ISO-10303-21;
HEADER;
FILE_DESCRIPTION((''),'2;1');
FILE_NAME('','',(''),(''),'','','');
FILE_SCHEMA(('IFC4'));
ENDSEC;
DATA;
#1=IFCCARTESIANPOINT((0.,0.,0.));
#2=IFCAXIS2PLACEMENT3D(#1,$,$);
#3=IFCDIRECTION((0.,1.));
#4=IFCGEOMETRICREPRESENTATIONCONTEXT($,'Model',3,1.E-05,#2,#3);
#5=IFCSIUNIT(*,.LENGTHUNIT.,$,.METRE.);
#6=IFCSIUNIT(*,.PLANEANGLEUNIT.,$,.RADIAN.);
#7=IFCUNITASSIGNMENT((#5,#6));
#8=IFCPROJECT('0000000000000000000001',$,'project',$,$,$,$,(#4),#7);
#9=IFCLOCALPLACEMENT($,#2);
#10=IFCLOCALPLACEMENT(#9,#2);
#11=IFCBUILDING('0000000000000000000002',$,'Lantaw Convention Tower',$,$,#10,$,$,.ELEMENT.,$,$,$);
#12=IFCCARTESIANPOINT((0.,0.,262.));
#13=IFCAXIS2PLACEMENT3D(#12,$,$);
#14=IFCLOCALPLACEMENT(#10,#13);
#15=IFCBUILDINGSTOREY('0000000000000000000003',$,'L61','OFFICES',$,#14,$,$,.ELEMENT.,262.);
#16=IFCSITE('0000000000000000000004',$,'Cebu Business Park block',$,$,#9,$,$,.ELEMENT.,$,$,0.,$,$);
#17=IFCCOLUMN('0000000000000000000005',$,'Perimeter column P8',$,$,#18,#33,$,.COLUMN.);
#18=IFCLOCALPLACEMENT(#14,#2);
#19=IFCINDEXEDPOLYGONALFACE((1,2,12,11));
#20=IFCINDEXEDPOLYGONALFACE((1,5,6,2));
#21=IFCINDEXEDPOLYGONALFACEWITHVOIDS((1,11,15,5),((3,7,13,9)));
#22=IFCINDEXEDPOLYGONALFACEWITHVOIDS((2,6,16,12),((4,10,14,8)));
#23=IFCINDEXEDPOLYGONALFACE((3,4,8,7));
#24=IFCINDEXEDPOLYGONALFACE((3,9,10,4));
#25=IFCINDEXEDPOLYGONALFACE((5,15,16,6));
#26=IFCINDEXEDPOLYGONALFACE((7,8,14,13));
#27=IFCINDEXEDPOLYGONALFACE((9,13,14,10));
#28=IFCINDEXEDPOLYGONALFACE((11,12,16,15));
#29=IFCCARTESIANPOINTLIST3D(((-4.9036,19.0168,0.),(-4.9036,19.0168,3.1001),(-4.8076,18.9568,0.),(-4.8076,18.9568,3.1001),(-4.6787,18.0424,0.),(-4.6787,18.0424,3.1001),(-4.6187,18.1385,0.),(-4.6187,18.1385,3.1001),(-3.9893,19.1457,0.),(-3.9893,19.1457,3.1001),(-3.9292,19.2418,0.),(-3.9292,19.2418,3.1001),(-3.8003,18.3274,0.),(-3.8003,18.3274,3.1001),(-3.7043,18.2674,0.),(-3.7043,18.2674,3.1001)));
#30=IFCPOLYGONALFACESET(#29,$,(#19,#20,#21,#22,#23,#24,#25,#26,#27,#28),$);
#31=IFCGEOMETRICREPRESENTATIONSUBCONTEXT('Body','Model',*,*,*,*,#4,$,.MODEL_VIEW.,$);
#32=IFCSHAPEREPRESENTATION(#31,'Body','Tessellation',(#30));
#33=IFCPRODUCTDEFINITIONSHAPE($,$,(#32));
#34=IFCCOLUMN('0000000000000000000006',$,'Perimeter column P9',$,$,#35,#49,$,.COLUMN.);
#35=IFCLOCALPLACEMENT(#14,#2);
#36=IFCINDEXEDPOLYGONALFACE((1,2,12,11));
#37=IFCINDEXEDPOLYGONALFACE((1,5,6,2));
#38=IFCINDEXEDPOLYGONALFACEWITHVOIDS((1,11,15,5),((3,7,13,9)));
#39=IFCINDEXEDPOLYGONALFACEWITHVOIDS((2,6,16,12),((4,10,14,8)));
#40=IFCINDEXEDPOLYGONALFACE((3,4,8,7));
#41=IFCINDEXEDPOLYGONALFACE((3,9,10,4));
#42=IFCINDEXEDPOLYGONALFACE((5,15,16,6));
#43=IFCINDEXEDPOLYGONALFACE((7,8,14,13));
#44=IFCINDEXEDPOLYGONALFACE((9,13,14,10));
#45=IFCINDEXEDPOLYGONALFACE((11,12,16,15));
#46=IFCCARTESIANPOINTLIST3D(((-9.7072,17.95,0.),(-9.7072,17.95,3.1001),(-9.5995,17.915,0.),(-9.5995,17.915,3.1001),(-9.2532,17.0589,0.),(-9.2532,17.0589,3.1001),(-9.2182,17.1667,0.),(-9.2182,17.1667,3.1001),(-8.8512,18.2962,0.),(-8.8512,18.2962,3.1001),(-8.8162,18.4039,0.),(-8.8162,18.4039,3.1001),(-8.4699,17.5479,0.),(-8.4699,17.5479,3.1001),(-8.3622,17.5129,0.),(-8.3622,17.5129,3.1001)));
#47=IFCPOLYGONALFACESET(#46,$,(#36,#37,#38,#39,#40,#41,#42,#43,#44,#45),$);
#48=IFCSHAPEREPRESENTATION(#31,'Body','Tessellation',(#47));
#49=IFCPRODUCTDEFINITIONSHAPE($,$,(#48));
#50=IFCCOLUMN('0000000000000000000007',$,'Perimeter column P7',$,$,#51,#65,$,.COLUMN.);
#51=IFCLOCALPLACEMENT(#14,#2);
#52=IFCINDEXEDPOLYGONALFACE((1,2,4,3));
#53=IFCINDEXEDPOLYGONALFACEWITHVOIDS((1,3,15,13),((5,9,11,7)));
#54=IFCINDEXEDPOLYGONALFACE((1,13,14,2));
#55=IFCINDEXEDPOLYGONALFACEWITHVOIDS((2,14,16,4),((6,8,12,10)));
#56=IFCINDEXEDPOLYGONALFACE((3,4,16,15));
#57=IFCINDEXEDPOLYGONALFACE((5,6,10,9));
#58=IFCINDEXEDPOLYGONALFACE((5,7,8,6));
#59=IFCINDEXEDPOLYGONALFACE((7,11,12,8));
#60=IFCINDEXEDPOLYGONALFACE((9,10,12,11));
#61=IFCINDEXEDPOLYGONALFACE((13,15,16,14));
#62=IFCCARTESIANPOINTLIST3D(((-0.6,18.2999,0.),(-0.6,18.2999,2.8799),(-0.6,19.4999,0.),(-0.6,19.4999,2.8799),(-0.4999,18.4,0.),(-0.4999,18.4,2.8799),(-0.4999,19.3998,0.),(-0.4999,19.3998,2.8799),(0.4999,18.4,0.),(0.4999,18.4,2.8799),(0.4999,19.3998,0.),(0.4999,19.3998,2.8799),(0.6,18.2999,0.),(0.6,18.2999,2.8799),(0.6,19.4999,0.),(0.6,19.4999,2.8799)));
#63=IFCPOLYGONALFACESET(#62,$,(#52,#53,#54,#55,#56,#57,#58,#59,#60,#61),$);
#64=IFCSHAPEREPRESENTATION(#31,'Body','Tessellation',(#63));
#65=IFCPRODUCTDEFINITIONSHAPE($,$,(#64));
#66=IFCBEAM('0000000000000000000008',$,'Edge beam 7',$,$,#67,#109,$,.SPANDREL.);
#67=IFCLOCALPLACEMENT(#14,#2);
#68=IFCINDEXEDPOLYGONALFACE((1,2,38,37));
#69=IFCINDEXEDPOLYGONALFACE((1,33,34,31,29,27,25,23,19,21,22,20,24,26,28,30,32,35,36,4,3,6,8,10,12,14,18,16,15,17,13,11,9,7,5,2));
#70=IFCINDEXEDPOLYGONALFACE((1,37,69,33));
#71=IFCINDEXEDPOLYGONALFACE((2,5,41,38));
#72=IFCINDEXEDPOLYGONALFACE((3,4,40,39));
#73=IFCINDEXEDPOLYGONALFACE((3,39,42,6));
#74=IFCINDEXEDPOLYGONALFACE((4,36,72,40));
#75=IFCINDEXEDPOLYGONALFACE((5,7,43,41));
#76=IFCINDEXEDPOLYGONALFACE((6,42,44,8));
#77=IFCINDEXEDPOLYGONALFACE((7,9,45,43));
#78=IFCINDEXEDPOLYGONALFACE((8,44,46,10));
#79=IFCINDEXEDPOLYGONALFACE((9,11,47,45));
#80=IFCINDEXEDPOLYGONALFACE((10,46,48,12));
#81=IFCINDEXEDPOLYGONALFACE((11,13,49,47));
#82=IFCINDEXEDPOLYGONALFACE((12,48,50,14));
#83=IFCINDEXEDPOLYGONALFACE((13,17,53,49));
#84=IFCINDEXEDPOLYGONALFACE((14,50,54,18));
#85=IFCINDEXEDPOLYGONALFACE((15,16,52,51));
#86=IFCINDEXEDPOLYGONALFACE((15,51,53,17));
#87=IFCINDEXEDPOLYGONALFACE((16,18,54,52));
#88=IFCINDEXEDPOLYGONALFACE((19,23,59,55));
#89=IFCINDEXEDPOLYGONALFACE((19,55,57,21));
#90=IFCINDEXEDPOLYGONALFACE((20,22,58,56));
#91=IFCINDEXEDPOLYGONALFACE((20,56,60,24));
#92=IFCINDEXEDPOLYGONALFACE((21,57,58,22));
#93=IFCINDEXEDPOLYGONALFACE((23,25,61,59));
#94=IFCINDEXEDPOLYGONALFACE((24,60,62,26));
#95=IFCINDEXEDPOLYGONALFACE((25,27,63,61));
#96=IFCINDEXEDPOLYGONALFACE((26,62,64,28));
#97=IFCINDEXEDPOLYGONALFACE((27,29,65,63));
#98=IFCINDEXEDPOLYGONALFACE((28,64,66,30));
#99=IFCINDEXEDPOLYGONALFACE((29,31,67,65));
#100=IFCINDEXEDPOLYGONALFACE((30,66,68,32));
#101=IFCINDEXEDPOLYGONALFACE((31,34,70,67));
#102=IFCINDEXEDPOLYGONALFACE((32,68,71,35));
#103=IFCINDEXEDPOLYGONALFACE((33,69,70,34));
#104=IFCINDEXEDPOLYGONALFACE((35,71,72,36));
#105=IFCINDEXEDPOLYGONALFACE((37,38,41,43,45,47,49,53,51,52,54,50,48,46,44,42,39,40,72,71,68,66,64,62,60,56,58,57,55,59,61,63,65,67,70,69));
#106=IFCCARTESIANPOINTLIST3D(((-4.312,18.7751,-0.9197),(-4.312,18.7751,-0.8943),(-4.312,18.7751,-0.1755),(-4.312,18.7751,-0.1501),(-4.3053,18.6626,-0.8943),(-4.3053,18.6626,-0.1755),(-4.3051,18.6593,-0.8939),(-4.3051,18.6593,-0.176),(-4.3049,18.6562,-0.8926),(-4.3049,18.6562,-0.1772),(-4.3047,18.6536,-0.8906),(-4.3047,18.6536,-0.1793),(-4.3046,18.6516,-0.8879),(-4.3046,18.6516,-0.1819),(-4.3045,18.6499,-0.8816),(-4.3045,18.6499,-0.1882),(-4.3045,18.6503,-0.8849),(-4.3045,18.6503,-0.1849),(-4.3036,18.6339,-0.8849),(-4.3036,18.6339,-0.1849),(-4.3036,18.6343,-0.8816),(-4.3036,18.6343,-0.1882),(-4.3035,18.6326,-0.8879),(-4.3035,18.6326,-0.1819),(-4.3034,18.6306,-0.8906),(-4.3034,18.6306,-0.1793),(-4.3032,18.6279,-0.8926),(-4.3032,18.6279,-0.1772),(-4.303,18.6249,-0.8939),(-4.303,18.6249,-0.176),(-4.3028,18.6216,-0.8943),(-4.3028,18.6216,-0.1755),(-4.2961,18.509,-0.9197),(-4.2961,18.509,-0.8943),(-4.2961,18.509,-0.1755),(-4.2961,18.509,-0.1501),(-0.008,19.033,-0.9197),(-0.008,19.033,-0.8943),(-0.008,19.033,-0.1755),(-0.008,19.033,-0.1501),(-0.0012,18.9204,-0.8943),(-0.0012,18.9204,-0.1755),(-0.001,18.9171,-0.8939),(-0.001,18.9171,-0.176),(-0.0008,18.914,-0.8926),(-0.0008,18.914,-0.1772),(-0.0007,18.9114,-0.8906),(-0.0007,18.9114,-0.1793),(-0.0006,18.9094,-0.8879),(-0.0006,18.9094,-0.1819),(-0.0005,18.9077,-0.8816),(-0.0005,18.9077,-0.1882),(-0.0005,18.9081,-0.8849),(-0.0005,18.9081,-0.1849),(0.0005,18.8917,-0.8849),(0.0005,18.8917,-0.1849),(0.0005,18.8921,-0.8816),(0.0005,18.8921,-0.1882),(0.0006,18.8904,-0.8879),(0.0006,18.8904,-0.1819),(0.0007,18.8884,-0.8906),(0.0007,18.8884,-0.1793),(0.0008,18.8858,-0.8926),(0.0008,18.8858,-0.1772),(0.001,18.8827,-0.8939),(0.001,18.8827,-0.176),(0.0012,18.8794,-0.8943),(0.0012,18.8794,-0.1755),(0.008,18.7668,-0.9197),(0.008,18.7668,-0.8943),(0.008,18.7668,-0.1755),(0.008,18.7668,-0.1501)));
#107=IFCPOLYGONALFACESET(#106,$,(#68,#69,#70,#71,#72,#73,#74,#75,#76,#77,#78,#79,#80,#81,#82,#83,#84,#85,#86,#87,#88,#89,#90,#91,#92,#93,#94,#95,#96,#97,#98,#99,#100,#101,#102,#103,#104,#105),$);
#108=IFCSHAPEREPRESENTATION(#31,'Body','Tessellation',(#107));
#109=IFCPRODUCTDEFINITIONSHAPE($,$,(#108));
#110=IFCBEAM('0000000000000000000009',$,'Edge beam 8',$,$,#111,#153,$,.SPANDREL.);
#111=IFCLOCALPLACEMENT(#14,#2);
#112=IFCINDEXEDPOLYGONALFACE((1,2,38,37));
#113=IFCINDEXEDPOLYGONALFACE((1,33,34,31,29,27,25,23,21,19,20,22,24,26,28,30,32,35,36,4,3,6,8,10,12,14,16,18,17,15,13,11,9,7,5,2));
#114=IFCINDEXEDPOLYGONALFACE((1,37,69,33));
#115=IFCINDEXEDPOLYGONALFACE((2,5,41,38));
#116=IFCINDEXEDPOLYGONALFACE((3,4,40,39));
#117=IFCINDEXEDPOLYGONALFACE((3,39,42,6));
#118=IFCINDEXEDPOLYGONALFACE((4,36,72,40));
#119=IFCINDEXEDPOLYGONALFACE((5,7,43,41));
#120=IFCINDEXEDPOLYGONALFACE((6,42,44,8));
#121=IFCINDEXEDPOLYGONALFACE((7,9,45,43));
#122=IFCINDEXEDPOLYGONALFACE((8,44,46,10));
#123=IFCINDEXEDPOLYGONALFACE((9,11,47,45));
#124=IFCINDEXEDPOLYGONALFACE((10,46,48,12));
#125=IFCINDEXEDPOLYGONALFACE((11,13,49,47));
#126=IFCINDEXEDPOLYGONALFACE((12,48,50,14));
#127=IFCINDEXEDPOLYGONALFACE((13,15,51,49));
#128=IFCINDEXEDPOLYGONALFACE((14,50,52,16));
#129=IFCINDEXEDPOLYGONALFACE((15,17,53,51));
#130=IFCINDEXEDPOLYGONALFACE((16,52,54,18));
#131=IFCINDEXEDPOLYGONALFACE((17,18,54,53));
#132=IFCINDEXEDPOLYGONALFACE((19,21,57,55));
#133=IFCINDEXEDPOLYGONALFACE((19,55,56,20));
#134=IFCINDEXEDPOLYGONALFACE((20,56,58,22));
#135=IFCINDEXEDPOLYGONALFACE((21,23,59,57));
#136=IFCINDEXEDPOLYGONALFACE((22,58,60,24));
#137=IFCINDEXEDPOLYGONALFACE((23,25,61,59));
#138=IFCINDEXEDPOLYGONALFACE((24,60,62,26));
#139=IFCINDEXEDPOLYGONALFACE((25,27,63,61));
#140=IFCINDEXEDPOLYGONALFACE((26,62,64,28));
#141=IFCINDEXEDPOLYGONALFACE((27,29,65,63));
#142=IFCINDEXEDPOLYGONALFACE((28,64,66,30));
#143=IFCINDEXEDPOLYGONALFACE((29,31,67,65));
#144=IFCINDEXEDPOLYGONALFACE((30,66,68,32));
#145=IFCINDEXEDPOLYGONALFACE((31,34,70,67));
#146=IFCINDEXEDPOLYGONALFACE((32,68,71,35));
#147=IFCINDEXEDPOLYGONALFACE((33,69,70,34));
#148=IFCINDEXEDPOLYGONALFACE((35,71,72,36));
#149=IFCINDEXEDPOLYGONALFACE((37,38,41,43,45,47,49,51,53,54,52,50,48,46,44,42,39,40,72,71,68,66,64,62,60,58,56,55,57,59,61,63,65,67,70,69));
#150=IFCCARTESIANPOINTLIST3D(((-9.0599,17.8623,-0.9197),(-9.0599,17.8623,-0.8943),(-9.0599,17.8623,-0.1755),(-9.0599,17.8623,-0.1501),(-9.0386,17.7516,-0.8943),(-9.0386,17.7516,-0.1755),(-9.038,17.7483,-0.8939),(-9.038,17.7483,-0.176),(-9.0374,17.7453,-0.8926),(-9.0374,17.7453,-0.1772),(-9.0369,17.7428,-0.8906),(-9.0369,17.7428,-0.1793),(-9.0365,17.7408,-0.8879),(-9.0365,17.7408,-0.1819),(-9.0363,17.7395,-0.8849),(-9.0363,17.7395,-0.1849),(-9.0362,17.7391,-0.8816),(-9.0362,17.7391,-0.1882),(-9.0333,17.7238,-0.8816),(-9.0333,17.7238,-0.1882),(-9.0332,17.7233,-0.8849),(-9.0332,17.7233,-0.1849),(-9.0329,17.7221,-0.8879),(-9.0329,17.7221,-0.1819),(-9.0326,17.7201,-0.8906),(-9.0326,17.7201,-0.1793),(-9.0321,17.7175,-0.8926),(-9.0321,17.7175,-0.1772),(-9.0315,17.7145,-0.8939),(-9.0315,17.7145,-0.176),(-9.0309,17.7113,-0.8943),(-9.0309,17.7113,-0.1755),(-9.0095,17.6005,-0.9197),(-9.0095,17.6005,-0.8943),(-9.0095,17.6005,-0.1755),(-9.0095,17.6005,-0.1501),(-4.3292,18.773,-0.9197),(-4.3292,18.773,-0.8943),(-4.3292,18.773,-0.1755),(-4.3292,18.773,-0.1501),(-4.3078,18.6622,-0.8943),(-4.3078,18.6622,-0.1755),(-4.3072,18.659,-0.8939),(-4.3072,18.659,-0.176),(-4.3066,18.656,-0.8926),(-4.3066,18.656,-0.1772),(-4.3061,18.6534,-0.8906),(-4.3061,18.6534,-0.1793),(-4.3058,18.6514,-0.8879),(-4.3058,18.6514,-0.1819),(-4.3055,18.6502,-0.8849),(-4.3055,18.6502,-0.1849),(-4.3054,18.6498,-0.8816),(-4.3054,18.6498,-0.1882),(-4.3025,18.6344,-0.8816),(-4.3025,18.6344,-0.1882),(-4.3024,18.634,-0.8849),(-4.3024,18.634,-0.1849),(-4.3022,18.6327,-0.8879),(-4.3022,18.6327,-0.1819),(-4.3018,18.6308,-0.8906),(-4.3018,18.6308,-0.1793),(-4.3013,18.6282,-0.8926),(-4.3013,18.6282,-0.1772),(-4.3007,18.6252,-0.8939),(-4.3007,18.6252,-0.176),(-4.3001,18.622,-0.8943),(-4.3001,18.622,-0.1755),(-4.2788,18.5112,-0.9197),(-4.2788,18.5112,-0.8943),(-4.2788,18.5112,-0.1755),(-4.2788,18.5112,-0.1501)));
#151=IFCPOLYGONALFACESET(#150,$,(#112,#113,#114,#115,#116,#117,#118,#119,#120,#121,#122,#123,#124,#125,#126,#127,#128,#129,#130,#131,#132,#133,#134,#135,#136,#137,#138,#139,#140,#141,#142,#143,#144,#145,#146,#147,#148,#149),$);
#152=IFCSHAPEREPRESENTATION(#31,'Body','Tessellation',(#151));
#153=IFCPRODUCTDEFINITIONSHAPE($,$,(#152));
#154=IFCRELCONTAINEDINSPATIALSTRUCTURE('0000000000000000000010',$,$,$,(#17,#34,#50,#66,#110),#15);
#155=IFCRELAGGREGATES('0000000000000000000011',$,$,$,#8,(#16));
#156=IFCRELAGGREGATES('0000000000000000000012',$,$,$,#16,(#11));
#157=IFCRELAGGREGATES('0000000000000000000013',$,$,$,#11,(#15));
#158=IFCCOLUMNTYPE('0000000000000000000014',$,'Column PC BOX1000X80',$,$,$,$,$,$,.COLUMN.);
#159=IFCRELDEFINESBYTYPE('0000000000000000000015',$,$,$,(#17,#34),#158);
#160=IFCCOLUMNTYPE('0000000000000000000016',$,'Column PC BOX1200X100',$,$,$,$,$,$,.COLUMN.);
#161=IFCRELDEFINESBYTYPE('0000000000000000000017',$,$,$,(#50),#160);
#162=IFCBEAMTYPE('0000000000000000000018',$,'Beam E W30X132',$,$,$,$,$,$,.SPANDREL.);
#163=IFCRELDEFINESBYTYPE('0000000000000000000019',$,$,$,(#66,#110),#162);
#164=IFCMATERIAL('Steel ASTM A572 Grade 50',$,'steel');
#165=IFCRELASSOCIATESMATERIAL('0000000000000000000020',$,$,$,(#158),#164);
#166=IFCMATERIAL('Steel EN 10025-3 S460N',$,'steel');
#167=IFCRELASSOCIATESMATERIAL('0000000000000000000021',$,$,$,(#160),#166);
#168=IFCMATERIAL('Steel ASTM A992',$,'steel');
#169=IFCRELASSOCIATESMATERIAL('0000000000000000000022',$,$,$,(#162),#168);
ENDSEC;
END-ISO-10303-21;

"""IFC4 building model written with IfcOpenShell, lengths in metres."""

from ifc_helpers import new_model, si_unit, direction, frame, origin, origin_2d, place, context, subcontext, project, spatial, rectangle, hollow_rectangle, i_section, extrude, material, material_profile, profile_set, type_object, element, save


model = new_model("IFC4")

# Units and contexts
model_context = context("Model", 3, precision=1e-05, world=origin(), true_north=direction((0.0, 1.0)))
body_context = subcontext(model_context, "Body", "Model", "MODEL_VIEW")
ifc_project = project(units=[si_unit("LENGTHUNIT", "METRE"), si_unit("PLANEANGLEUNIT", "RADIAN")], contexts=[model_context])

# Site, building, storey
site_placement = place(None, origin())
site = spatial("IfcSite", under=ifc_project, at=site_placement, Name="Cebu Business Park block", CompositionType="ELEMENT", RefElevation=0.0)
building_placement = place(site_placement, origin())
building = spatial("IfcBuilding", under=site, at=building_placement, Name="Lantaw Convention Tower", CompositionType="ELEMENT")
storey_placement = place(building_placement, frame((0.0, 0.0, 262.0)))
storey = spatial("IfcBuildingStorey", under=building, at=storey_placement, Name="L61", Description="OFFICES", CompositionType="ELEMENT", Elevation=262.0)

# Columns
ifc_material_1 = material(Name="Steel ASTM A572 Grade 50", Category="steel")
ifc_material_profile_1 = material_profile(ifc_material_1, hollow_rectangle(XDim=1.0, YDim=1.0, WallThickness=0.0801, at=origin_2d()), Name="BOX1000X80")
ifc_material_2 = material(Name="Concrete C60/75", Category="concrete")
ifc_material_profile_2 = material_profile(ifc_material_2, rectangle(XDim=0.8401, YDim=0.8401, at=origin_2d()), Name="Concrete fill of BOX1000X80")
ifc_profile_set_1 = profile_set([ifc_material_profile_1, ifc_material_profile_2], Name="Steel ASTM A572 Grade 50")
column_type_1 = type_object("IfcColumnType", Name="Column PC BOX1000X80", PredefinedType="COLUMN", material=ifc_profile_set_1)
for number, where, z_axis, x_axis, name in (
    (1, (-4.304, 18.6421, 0.0), (0.0, 0.0, 1.0), (0.97437, 0.224951, 0.0), "Perimeter column P8"),
    (2, (-9.0347, 17.7314, 0.0), (0.0, 0.0, 1.0), (0.891007, 0.45399, 0.0), "Perimeter column P9"),
):
    element("IfcColumn", number, at=place(storey_placement, frame(where, z_axis=z_axis, x_axis=x_axis)), inside=storey, type_object=column_type_1, Name=name, PredefinedType="COLUMN", context=body_context, shape_type="SweptSolid", body=[
        extrude(hollow_rectangle(XDim=1.0, YDim=1.0, WallThickness=0.0801, at=origin_2d()), origin(), (0.0, 0.0, 1.0), 3.1001),
    ])
ifc_material_3 = material(Name="Steel EN 10025-3 S460N", Category="steel")
ifc_material_profile_3 = material_profile(ifc_material_3, hollow_rectangle(XDim=1.2, YDim=1.2, WallThickness=0.1001, at=origin_2d()), Name="BOX1200X100")
ifc_material_profile_4 = material_profile(ifc_material_2, rectangle(XDim=1.0, YDim=1.0, at=origin_2d()), Name="Concrete fill of BOX1200X100")
ifc_profile_set_2 = profile_set([ifc_material_profile_3, ifc_material_profile_4], Name="Steel EN 10025-3 S460N")
column_type_2 = type_object("IfcColumnType", Name="Column PC BOX1200X100", PredefinedType="COLUMN", material=ifc_profile_set_2)
column_placement = place(storey_placement, frame((0.0, 18.8999, 0.0), z_axis=(0.0, 0.0, 1.0), x_axis=(1.0, 0.0, 0.0)))
element("IfcColumn", 3, at=column_placement, inside=storey, type_object=column_type_2, Name="Perimeter column P7", PredefinedType="COLUMN", context=body_context, shape_type="SweptSolid", body=[
    extrude(hollow_rectangle(XDim=1.2, YDim=1.2, WallThickness=0.1001, at=origin_2d()), origin(), (0.0, 0.0, 1.0), 2.8799),
])

# Beams
ifc_material_4 = material(Name="Steel ASTM A992", Category="steel")
ifc_material_profile_5 = material_profile(ifc_material_4, i_section(OverallWidth=0.2666, OverallDepth=0.7695, WebThickness=0.0156, FlangeThickness=0.0254, FilletRadius=0.0127, at=origin_2d()), Name="W30X132")
ifc_profile_set_3 = profile_set([ifc_material_profile_5], Name="Steel ASTM A992")
beam_type_1 = type_object("IfcBeamType", Name="Beam E W30X132", PredefinedType="SPANDREL", material=ifc_profile_set_3)
beam_1_placement = place(storey_placement, frame((0.0, 18.8999, -0.5349), z_axis=(-0.998211, -0.059794, 0.0), x_axis=(0.059794, -0.998211, 0.0)))
element("IfcBeam", 4, at=beam_1_placement, inside=storey, type_object=beam_type_1, Name="Edge beam 7", PredefinedType="SPANDREL", context=body_context, shape_type="SweptSolid", body=[
    extrude(i_section(OverallWidth=0.2666, OverallDepth=0.7695, WebThickness=0.0156, FlangeThickness=0.0254, FilletRadius=0.0127, at=origin_2d()), origin(), (0.0, 0.0, 1.0), 4.3118),
])
beam_2_placement = place(storey_placement, frame((-4.304, 18.6421, -0.5349), z_axis=(-0.981972, -0.189026, 0.0), x_axis=(0.189026, -0.981972, 0.0)))
element("IfcBeam", 5, at=beam_2_placement, inside=storey, type_object=beam_type_1, Name="Edge beam 8", PredefinedType="SPANDREL", context=body_context, shape_type="SweptSolid", body=[
    extrude(i_section(OverallWidth=0.2666, OverallDepth=0.7695, WebThickness=0.0156, FlangeThickness=0.0254, FilletRadius=0.0127, at=origin_2d()), origin(), (0.0, 0.0, 1.0), 4.8176),
])

save(model, "model.ifc")
